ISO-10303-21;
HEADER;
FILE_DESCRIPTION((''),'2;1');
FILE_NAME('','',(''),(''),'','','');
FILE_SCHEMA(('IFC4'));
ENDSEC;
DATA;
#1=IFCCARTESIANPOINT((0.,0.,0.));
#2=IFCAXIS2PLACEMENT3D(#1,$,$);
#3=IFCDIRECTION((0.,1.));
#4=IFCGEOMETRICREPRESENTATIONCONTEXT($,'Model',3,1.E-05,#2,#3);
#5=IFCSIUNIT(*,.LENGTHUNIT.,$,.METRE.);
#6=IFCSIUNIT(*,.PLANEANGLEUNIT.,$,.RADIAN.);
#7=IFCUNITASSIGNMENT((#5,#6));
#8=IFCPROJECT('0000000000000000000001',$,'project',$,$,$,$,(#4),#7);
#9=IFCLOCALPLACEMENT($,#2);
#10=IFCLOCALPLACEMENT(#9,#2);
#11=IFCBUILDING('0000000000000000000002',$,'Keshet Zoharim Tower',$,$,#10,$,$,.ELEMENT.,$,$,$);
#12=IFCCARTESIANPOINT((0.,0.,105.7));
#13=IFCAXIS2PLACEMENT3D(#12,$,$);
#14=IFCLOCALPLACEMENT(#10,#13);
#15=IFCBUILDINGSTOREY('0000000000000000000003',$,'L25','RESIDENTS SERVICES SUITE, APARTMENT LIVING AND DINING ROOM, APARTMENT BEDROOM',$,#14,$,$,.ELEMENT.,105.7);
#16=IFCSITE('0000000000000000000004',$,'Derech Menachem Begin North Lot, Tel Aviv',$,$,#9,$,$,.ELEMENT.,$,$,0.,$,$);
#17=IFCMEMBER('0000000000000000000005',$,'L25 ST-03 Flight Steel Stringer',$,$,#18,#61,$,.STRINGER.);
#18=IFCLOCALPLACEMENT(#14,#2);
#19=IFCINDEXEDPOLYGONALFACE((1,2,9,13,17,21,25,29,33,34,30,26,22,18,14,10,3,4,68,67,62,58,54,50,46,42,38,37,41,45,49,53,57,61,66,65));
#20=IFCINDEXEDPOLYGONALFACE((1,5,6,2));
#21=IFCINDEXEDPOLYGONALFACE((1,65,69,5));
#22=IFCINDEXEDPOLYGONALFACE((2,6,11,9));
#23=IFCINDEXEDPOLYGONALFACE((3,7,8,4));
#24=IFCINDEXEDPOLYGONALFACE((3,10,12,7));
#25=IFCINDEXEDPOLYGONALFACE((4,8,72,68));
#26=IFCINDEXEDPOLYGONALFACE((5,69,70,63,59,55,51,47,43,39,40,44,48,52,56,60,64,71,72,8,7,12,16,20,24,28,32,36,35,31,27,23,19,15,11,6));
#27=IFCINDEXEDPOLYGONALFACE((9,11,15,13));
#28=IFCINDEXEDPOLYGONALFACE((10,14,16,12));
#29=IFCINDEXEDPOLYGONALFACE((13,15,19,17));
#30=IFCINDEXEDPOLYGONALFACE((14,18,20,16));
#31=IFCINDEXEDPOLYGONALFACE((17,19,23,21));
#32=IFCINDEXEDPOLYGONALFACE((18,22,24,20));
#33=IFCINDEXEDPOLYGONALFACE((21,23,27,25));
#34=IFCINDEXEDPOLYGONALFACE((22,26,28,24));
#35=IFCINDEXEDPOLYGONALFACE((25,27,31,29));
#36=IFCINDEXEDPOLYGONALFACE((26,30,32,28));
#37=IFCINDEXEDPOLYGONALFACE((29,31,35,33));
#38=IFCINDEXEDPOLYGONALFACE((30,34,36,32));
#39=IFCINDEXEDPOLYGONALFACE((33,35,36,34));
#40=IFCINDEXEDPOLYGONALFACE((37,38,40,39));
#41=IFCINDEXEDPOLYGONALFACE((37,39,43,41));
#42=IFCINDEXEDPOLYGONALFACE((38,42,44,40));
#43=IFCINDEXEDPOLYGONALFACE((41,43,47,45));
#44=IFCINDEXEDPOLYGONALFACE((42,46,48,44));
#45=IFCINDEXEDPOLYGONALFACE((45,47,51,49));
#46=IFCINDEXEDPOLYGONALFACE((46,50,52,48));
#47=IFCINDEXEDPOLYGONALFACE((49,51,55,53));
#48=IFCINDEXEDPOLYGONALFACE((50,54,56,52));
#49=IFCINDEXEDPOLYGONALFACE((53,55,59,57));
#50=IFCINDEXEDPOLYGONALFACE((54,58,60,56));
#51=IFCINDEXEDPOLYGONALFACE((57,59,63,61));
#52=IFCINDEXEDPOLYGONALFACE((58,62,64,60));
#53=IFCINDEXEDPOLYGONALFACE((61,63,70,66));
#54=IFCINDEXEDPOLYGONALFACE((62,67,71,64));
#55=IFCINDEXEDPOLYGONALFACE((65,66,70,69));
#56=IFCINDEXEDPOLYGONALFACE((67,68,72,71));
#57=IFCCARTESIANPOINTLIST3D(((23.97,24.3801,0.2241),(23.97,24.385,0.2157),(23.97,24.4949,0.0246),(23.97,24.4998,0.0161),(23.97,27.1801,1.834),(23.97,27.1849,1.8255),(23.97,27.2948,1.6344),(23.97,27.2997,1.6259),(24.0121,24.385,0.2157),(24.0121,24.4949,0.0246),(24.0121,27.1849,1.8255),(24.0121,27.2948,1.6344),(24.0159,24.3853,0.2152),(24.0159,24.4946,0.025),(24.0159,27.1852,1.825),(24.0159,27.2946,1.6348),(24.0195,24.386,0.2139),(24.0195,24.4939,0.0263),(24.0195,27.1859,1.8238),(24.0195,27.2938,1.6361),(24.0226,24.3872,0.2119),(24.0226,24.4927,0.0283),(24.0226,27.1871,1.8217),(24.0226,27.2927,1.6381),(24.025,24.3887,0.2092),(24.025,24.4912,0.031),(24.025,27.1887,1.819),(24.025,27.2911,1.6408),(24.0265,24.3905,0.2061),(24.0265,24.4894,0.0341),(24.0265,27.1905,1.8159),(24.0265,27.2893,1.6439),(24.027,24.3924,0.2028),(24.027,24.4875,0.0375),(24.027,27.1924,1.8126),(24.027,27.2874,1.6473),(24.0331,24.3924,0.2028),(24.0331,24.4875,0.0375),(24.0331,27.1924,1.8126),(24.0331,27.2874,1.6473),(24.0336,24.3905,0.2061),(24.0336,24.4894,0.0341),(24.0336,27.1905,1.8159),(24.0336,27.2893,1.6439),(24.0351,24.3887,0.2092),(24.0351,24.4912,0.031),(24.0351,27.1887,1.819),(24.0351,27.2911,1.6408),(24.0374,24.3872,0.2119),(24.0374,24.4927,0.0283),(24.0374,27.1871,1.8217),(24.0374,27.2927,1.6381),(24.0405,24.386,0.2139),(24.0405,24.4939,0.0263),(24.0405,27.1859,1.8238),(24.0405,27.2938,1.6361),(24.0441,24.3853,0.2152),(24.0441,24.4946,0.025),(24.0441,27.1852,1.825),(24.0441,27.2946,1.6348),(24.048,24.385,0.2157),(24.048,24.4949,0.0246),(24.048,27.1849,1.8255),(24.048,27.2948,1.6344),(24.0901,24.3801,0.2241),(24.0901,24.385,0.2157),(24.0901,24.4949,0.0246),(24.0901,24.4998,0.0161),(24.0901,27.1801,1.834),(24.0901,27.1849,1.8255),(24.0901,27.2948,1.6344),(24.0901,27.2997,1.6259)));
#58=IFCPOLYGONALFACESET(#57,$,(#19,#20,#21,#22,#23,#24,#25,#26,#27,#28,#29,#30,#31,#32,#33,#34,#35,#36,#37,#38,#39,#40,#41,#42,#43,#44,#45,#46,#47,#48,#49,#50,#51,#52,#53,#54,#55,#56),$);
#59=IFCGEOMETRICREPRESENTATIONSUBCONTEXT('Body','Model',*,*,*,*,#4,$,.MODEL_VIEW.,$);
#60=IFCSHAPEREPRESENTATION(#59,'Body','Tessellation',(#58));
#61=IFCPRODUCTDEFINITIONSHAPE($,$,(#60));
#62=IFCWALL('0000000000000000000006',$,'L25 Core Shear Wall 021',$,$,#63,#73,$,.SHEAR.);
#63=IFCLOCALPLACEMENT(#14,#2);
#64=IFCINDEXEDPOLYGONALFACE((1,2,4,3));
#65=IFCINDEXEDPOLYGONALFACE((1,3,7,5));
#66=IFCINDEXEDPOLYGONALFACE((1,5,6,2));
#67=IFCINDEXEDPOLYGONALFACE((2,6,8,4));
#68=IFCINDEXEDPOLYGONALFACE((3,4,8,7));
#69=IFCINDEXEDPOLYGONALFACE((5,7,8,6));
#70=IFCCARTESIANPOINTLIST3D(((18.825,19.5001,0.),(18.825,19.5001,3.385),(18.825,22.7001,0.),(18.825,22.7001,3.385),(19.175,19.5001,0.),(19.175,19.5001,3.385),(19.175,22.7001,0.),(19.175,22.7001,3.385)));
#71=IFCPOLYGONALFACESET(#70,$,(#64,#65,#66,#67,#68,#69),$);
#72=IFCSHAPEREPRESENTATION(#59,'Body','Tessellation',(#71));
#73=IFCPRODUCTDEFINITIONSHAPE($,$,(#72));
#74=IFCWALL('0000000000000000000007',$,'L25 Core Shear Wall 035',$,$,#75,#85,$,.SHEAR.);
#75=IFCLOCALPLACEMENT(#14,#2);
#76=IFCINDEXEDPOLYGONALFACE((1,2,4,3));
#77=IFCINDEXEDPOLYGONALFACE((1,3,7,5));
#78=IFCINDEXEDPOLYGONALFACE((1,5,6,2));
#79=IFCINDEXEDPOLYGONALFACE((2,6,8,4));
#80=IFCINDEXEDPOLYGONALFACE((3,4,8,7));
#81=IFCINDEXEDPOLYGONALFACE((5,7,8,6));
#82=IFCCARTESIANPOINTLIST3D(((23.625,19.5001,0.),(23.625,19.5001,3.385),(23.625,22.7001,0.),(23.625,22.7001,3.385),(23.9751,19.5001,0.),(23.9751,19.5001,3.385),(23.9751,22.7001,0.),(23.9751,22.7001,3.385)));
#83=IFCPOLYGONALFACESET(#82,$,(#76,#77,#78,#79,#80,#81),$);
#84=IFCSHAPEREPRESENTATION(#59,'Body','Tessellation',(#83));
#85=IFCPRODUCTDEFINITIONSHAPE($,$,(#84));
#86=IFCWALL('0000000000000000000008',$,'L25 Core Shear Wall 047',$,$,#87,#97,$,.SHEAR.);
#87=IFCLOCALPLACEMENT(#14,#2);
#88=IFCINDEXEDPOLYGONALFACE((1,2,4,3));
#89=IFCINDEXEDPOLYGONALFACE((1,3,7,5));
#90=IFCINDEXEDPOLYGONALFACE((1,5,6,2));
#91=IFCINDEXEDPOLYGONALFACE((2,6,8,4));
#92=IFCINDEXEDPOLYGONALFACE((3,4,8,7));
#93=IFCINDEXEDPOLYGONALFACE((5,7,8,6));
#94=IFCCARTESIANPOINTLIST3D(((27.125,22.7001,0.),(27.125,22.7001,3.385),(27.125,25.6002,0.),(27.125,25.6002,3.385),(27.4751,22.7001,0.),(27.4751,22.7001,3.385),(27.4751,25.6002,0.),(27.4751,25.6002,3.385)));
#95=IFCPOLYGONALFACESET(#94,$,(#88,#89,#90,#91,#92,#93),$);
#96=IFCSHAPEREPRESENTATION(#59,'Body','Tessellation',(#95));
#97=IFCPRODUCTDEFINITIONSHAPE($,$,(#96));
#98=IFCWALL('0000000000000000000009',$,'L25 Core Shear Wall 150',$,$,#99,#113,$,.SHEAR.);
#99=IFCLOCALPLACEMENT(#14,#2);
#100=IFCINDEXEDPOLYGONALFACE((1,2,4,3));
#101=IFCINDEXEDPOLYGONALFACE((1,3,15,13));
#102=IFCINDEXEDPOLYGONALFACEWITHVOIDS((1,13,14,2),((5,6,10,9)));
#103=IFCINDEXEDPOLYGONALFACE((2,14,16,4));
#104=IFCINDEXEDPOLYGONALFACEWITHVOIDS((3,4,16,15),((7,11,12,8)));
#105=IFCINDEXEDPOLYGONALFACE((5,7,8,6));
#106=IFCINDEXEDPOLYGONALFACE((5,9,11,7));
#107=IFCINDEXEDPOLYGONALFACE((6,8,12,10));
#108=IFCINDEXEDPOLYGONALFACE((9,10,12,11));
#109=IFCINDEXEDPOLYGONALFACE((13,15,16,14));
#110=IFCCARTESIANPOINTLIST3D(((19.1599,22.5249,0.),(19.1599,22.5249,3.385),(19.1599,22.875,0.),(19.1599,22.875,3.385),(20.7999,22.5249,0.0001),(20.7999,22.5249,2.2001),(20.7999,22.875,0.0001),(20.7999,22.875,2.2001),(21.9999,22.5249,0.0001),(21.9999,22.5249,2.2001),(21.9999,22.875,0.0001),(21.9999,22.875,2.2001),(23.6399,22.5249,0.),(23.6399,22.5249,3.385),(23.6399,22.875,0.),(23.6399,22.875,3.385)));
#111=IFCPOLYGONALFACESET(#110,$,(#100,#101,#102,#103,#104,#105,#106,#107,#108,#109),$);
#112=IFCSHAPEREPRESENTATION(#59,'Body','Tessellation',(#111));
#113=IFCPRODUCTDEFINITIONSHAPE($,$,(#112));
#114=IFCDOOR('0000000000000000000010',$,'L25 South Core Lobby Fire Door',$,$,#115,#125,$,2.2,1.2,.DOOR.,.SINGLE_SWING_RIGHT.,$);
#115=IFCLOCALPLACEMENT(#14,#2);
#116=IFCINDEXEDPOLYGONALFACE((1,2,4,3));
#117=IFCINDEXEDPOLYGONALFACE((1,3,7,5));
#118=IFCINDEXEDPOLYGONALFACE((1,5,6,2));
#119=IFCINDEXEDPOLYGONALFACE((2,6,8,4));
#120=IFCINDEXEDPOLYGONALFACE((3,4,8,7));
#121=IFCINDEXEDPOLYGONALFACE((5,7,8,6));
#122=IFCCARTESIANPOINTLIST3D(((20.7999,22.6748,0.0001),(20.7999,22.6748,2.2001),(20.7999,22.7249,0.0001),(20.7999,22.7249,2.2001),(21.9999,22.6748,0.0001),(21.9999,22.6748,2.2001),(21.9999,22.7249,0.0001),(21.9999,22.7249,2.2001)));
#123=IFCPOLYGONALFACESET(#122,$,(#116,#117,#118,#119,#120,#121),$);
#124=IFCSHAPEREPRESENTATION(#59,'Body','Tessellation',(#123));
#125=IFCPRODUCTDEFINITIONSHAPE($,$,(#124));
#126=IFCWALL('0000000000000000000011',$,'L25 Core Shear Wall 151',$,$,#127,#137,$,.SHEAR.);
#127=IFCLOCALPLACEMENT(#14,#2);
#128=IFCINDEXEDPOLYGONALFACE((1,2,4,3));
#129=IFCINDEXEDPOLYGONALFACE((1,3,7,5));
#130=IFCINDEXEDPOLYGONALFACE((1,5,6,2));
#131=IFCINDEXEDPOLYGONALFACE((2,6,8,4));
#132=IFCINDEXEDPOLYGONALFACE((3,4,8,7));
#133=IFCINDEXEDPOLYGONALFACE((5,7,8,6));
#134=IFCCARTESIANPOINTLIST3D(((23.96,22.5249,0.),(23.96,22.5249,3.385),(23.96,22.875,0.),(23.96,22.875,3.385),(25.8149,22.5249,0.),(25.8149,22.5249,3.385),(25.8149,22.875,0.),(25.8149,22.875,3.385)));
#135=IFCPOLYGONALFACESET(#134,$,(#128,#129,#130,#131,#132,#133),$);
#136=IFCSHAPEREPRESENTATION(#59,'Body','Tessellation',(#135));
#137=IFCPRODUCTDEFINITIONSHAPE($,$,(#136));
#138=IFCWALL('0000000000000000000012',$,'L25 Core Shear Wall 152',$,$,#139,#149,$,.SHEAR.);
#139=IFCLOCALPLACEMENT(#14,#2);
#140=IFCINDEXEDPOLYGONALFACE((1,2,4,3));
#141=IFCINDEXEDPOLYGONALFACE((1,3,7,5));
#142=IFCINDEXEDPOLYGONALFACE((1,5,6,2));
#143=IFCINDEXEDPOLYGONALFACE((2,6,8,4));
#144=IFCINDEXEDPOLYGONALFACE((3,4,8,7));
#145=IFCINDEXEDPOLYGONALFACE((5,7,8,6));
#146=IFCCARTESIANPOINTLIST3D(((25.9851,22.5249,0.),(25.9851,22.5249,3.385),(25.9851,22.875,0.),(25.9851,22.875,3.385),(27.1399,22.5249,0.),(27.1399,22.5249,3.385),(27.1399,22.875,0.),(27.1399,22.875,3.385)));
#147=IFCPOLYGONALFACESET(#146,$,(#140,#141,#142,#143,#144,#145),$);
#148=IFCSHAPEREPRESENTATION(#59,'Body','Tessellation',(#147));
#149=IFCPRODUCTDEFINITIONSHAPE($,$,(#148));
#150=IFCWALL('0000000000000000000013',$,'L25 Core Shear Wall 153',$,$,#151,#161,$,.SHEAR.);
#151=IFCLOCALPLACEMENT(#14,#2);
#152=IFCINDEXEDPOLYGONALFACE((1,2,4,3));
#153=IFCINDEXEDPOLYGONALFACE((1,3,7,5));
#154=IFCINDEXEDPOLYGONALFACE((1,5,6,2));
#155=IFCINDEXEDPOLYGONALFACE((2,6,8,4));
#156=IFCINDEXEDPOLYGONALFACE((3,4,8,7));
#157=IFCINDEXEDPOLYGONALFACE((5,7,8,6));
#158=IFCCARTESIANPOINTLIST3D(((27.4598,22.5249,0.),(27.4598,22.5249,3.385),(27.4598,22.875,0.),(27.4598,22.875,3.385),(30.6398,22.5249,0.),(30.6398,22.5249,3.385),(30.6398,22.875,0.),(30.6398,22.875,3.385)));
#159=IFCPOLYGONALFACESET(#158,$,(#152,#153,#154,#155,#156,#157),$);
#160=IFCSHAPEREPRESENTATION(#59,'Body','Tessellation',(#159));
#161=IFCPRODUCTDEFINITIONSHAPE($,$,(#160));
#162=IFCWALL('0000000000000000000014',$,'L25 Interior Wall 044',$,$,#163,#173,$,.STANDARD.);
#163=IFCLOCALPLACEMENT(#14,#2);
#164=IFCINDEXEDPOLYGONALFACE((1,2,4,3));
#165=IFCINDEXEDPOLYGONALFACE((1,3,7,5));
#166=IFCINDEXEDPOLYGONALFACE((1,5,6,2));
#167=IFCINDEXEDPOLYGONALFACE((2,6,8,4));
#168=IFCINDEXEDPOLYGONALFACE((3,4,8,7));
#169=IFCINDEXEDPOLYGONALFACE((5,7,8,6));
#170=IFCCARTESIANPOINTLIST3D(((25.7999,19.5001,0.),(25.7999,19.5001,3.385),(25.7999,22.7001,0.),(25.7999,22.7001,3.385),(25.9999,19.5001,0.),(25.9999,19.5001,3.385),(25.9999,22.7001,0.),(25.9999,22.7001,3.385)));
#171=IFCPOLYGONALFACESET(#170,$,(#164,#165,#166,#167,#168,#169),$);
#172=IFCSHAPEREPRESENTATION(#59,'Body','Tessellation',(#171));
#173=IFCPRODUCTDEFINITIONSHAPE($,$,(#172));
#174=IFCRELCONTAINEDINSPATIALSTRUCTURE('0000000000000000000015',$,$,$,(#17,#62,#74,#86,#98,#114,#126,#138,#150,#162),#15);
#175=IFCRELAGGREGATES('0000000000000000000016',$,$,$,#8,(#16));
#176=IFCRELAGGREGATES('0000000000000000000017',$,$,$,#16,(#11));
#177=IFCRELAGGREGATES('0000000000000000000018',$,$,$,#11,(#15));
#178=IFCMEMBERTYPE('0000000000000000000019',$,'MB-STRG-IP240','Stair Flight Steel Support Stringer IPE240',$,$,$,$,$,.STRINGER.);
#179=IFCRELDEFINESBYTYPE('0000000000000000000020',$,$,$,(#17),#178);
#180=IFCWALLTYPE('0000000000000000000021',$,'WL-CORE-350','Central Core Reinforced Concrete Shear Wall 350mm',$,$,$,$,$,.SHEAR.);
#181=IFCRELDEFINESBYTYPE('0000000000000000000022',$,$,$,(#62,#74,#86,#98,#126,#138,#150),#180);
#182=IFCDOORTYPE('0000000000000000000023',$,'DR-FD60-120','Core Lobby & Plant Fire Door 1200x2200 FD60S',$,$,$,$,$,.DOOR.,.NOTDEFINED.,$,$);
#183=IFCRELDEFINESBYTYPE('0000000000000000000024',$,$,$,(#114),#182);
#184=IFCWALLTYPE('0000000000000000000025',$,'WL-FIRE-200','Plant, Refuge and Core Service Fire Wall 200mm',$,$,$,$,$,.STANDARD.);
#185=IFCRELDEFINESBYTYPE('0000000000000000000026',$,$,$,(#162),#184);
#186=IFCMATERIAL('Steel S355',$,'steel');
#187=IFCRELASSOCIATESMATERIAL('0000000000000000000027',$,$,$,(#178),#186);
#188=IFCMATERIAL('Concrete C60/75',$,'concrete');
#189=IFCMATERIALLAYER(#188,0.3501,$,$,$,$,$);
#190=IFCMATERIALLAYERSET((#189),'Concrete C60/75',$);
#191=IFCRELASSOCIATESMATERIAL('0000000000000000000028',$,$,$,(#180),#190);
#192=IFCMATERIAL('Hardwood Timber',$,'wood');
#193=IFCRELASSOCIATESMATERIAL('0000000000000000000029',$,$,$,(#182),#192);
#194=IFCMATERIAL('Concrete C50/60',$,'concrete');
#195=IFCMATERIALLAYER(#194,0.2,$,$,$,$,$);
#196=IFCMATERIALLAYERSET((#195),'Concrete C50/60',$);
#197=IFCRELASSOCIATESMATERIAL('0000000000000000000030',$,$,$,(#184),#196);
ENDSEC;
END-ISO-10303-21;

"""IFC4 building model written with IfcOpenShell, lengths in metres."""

from ifc_helpers import new_model, si_unit, direction, frame, frame_2d, origin, origin_2d, place, context, subcontext, project, spatial, rectangle, i_section, extrude, material, layer, layer_set, material_profile, profile_set, type_object, element, fill, save


model = new_model("IFC4")

# Units and contexts
model_context = context("Model", 3, precision=1e-05, world=origin(), true_north=direction((0.0, 1.0)))
body_context = subcontext(model_context, "Body", "Model", "MODEL_VIEW")
ifc_project = project(units=[si_unit("LENGTHUNIT", "METRE"), si_unit("PLANEANGLEUNIT", "RADIAN")], contexts=[model_context])

# Site, building, storey
site_placement = place(None, origin())
site = spatial("IfcSite", under=ifc_project, at=site_placement, Name="Derech Menachem Begin North Lot, Tel Aviv", CompositionType="ELEMENT", RefElevation=0.0)
building_placement = place(site_placement, origin())
building = spatial("IfcBuilding", under=site, at=building_placement, Name="Keshet Zoharim Tower", CompositionType="ELEMENT")
storey_placement = place(building_placement, frame((0.0, 0.0, 105.7)))
storey = spatial("IfcBuildingStorey", under=building, at=storey_placement, Name="L25", Description="RESIDENTS SERVICES SUITE, APARTMENT LIVING AND DINING ROOM, APARTMENT BEDROOM", CompositionType="ELEMENT", Elevation=105.7)

# Member
ifc_material_1 = material(Name="Steel S355", Category="steel")
ifc_material_profile = material_profile(ifc_material_1, i_section(OverallWidth=0.1201, OverallDepth=0.24, WebThickness=0.0061, FlangeThickness=0.0098, FilletRadius=0.0149, at=origin_2d()), Name="IPE240")
ifc_profile_set = profile_set([ifc_material_profile], Name="Steel S355")
member_type = type_object("IfcMemberType", Name="MB-STRG-IP240", Description="Stair Flight Steel Support Stringer IPE240", PredefinedType="STRINGER", material=ifc_profile_set)
member_placement = place(storey_placement, frame((24.03, 24.4399, 0.1201), z_axis=(0.0, 0.866928, 0.498433), x_axis=(-1.0, 0.0, 0.0)))
element("IfcMember", 1, at=member_placement, inside=storey, type_object=member_type, Name="L25 ST-03 Flight Steel Stringer", PredefinedType="STRINGER", context=body_context, shape_type="SweptSolid", body=[
    extrude(i_section(OverallWidth=0.1201, OverallDepth=0.24, WebThickness=0.0061, FlangeThickness=0.0098, FilletRadius=0.0149, at=origin_2d()), origin(), (0.0, 0.0, 1.0), 3.2297),
])

# Wall
ifc_material_2 = material(Name="Concrete C60/75", Category="concrete")
ifc_layer_1 = layer(ifc_material_2, 0.3501)
ifc_layer_set_1 = layer_set([ifc_layer_1], Name="Concrete C60/75")
wall_type_1 = type_object("IfcWallType", Name="WL-CORE-350", Description="Central Core Reinforced Concrete Shear Wall 350mm", PredefinedType="SHEAR", material=ifc_layer_set_1)
wall_1_placement = place(storey_placement, frame((19.0, 19.5, 0.0), z_axis=(0.0, 0.0, 1.0), x_axis=(0.0, 1.0, 0.0)))
element("IfcWall", 2, at=wall_1_placement, inside=storey, type_object=wall_type_1, Name="L25 Core Shear Wall 021", PredefinedType="SHEAR", context=body_context, shape_type="SweptSolid", body=[
    extrude(rectangle(XDim=3.2, YDim=0.3501, at=frame_2d((1.6001, 0.0))), origin(), (0.0, 0.0, 1.0), 3.385),
])

# Shared definitions
ifc_material_3 = material(Name="Hardwood Timber", Category="wood")

# Wall
wall_2_placement = place(storey_placement, frame((23.8, 19.5, 0.0), z_axis=(0.0, 0.0, 1.0), x_axis=(0.0, 1.0, 0.0)))
element("IfcWall", 3, at=wall_2_placement, inside=storey, type_object=wall_type_1, Name="L25 Core Shear Wall 035", PredefinedType="SHEAR", context=body_context, shape_type="SweptSolid", body=[
    extrude(rectangle(XDim=3.2, YDim=0.3501, at=frame_2d((1.6001, 0.0))), origin(), (0.0, 0.0, 1.0), 3.385),
])

# Wall
wall_3_placement = place(storey_placement, frame((27.3, 22.7, 0.0), z_axis=(0.0, 0.0, 1.0), x_axis=(0.0, 1.0, 0.0)))
element("IfcWall", 4, at=wall_3_placement, inside=storey, type_object=wall_type_1, Name="L25 Core Shear Wall 047", PredefinedType="SHEAR", context=body_context, shape_type="SweptSolid", body=[
    extrude(rectangle(XDim=2.9001, YDim=0.3501, at=frame_2d((1.4502, 0.0))), origin(), (0.0, 0.0, 1.0), 3.385),
])

# Wall, opening, door
wall_4_placement = place(storey_placement, frame((19.1599, 22.7, 0.0), z_axis=(0.0, 0.0, 1.0), x_axis=(1.0, 0.0, 0.0)))
wall_4 = element("IfcWall", 5, at=wall_4_placement, inside=storey, type_object=wall_type_1, Name="L25 Core Shear Wall 150", PredefinedType="SHEAR", context=body_context, shape_type="SweptSolid", body=[
    extrude(rectangle(XDim=4.48, YDim=0.3501, at=frame_2d((2.24, 0.0))), origin(), (0.0, 0.0, 1.0), 3.385),
])
opening_1_placement = place(wall_4_placement, frame((1.6399, 0.0, 0.0)))
opening_1 = element("IfcOpeningElement", 6, at=opening_1_placement, cuts=wall_4, PredefinedType="OPENING", context=body_context, shape_type="SweptSolid", body=[
    extrude(rectangle(XDim=1.2, YDim=2.2, at=frame_2d((0.6001, 1.1001))), frame((0.0, 0.1851, 0.0), z_axis=(0.0, -1.0, 0.0), x_axis=(1.0, 0.0, 0.0)), (0.0, 0.0, 1.0), 0.3701),
])
door_type_1 = type_object("IfcDoorType", Name="DR-FD60-120", Description="Core Lobby & Plant Fire Door 1200x2200 FD60S", OperationType="NOTDEFINED", PredefinedType="DOOR", material=ifc_material_3)
door_1_placement = place(opening_1_placement, origin())
door_1 = element("IfcDoor", 7, at=door_1_placement, inside=storey, type_object=door_type_1, Name="L25 South Core Lobby Fire Door", OperationType="SINGLE_SWING_RIGHT", OverallHeight=2.2, OverallWidth=1.2, PredefinedType="DOOR", context=body_context, shape_type="SweptSolid", body=[
    extrude(rectangle(XDim=1.2, YDim=2.2, at=frame_2d((0.6001, 1.1001))), frame((0.0, 0.0249, 0.0), z_axis=(0.0, -1.0, 0.0), x_axis=(1.0, 0.0, 0.0)), (0.0, 0.0, 1.0), 0.05),
])
fill(opening_1, door_1)

# Walls
wall_5_placement = place(storey_placement, frame((23.96, 22.7, 0.0), z_axis=(0.0, 0.0, 1.0), x_axis=(1.0, 0.0, 0.0)))
element("IfcWall", 8, at=wall_5_placement, inside=storey, type_object=wall_type_1, Name="L25 Core Shear Wall 151", PredefinedType="SHEAR", context=body_context, shape_type="SweptSolid", body=[
    extrude(rectangle(XDim=1.855, YDim=0.3501, at=frame_2d((0.9275, 0.0))), origin(), (0.0, 0.0, 1.0), 3.385),
])
wall_6_placement = place(storey_placement, frame((25.9851, 22.7, 0.0), z_axis=(0.0, 0.0, 1.0), x_axis=(1.0, 0.0, 0.0)))
element("IfcWall", 9, at=wall_6_placement, inside=storey, type_object=wall_type_1, Name="L25 Core Shear Wall 152", PredefinedType="SHEAR", context=body_context, shape_type="SweptSolid", body=[
    extrude(rectangle(XDim=1.1548, YDim=0.3501, at=frame_2d((0.5774, 0.0))), origin(), (0.0, 0.0, 1.0), 3.385),
])
wall_7_placement = place(storey_placement, frame((27.46, 22.7, 0.0), z_axis=(0.0, 0.0, 1.0), x_axis=(1.0, 0.0, 0.0)))
element("IfcWall", 10, at=wall_7_placement, inside=storey, type_object=wall_type_1, Name="L25 Core Shear Wall 153", PredefinedType="SHEAR", context=body_context, shape_type="SweptSolid", body=[
    extrude(rectangle(XDim=3.1799, YDim=0.3501, at=frame_2d((1.5898, 0.0))), origin(), (0.0, 0.0, 1.0), 3.385),
])
ifc_material_4 = material(Name="Concrete C50/60", Category="concrete")
ifc_layer_2 = layer(ifc_material_4, 0.2)
ifc_layer_set_2 = layer_set([ifc_layer_2], Name="Concrete C50/60")
wall_type_2 = type_object("IfcWallType", Name="WL-FIRE-200", Description="Plant, Refuge and Core Service Fire Wall 200mm", PredefinedType="STANDARD", material=ifc_layer_set_2)
wall_8_placement = place(storey_placement, frame((25.8999, 19.5, 0.0), z_axis=(0.0, 0.0, 1.0), x_axis=(0.0, 1.0, 0.0)))
element("IfcWall", 11, at=wall_8_placement, inside=storey, type_object=wall_type_2, Name="L25 Interior Wall 044", PredefinedType="STANDARD", context=body_context, shape_type="SweptSolid", body=[
    extrude(rectangle(XDim=3.2, YDim=0.2, at=frame_2d((1.6001, 0.0))), origin(), (0.0, 0.0, 1.0), 3.385),
])

save(model, "model.ifc")
